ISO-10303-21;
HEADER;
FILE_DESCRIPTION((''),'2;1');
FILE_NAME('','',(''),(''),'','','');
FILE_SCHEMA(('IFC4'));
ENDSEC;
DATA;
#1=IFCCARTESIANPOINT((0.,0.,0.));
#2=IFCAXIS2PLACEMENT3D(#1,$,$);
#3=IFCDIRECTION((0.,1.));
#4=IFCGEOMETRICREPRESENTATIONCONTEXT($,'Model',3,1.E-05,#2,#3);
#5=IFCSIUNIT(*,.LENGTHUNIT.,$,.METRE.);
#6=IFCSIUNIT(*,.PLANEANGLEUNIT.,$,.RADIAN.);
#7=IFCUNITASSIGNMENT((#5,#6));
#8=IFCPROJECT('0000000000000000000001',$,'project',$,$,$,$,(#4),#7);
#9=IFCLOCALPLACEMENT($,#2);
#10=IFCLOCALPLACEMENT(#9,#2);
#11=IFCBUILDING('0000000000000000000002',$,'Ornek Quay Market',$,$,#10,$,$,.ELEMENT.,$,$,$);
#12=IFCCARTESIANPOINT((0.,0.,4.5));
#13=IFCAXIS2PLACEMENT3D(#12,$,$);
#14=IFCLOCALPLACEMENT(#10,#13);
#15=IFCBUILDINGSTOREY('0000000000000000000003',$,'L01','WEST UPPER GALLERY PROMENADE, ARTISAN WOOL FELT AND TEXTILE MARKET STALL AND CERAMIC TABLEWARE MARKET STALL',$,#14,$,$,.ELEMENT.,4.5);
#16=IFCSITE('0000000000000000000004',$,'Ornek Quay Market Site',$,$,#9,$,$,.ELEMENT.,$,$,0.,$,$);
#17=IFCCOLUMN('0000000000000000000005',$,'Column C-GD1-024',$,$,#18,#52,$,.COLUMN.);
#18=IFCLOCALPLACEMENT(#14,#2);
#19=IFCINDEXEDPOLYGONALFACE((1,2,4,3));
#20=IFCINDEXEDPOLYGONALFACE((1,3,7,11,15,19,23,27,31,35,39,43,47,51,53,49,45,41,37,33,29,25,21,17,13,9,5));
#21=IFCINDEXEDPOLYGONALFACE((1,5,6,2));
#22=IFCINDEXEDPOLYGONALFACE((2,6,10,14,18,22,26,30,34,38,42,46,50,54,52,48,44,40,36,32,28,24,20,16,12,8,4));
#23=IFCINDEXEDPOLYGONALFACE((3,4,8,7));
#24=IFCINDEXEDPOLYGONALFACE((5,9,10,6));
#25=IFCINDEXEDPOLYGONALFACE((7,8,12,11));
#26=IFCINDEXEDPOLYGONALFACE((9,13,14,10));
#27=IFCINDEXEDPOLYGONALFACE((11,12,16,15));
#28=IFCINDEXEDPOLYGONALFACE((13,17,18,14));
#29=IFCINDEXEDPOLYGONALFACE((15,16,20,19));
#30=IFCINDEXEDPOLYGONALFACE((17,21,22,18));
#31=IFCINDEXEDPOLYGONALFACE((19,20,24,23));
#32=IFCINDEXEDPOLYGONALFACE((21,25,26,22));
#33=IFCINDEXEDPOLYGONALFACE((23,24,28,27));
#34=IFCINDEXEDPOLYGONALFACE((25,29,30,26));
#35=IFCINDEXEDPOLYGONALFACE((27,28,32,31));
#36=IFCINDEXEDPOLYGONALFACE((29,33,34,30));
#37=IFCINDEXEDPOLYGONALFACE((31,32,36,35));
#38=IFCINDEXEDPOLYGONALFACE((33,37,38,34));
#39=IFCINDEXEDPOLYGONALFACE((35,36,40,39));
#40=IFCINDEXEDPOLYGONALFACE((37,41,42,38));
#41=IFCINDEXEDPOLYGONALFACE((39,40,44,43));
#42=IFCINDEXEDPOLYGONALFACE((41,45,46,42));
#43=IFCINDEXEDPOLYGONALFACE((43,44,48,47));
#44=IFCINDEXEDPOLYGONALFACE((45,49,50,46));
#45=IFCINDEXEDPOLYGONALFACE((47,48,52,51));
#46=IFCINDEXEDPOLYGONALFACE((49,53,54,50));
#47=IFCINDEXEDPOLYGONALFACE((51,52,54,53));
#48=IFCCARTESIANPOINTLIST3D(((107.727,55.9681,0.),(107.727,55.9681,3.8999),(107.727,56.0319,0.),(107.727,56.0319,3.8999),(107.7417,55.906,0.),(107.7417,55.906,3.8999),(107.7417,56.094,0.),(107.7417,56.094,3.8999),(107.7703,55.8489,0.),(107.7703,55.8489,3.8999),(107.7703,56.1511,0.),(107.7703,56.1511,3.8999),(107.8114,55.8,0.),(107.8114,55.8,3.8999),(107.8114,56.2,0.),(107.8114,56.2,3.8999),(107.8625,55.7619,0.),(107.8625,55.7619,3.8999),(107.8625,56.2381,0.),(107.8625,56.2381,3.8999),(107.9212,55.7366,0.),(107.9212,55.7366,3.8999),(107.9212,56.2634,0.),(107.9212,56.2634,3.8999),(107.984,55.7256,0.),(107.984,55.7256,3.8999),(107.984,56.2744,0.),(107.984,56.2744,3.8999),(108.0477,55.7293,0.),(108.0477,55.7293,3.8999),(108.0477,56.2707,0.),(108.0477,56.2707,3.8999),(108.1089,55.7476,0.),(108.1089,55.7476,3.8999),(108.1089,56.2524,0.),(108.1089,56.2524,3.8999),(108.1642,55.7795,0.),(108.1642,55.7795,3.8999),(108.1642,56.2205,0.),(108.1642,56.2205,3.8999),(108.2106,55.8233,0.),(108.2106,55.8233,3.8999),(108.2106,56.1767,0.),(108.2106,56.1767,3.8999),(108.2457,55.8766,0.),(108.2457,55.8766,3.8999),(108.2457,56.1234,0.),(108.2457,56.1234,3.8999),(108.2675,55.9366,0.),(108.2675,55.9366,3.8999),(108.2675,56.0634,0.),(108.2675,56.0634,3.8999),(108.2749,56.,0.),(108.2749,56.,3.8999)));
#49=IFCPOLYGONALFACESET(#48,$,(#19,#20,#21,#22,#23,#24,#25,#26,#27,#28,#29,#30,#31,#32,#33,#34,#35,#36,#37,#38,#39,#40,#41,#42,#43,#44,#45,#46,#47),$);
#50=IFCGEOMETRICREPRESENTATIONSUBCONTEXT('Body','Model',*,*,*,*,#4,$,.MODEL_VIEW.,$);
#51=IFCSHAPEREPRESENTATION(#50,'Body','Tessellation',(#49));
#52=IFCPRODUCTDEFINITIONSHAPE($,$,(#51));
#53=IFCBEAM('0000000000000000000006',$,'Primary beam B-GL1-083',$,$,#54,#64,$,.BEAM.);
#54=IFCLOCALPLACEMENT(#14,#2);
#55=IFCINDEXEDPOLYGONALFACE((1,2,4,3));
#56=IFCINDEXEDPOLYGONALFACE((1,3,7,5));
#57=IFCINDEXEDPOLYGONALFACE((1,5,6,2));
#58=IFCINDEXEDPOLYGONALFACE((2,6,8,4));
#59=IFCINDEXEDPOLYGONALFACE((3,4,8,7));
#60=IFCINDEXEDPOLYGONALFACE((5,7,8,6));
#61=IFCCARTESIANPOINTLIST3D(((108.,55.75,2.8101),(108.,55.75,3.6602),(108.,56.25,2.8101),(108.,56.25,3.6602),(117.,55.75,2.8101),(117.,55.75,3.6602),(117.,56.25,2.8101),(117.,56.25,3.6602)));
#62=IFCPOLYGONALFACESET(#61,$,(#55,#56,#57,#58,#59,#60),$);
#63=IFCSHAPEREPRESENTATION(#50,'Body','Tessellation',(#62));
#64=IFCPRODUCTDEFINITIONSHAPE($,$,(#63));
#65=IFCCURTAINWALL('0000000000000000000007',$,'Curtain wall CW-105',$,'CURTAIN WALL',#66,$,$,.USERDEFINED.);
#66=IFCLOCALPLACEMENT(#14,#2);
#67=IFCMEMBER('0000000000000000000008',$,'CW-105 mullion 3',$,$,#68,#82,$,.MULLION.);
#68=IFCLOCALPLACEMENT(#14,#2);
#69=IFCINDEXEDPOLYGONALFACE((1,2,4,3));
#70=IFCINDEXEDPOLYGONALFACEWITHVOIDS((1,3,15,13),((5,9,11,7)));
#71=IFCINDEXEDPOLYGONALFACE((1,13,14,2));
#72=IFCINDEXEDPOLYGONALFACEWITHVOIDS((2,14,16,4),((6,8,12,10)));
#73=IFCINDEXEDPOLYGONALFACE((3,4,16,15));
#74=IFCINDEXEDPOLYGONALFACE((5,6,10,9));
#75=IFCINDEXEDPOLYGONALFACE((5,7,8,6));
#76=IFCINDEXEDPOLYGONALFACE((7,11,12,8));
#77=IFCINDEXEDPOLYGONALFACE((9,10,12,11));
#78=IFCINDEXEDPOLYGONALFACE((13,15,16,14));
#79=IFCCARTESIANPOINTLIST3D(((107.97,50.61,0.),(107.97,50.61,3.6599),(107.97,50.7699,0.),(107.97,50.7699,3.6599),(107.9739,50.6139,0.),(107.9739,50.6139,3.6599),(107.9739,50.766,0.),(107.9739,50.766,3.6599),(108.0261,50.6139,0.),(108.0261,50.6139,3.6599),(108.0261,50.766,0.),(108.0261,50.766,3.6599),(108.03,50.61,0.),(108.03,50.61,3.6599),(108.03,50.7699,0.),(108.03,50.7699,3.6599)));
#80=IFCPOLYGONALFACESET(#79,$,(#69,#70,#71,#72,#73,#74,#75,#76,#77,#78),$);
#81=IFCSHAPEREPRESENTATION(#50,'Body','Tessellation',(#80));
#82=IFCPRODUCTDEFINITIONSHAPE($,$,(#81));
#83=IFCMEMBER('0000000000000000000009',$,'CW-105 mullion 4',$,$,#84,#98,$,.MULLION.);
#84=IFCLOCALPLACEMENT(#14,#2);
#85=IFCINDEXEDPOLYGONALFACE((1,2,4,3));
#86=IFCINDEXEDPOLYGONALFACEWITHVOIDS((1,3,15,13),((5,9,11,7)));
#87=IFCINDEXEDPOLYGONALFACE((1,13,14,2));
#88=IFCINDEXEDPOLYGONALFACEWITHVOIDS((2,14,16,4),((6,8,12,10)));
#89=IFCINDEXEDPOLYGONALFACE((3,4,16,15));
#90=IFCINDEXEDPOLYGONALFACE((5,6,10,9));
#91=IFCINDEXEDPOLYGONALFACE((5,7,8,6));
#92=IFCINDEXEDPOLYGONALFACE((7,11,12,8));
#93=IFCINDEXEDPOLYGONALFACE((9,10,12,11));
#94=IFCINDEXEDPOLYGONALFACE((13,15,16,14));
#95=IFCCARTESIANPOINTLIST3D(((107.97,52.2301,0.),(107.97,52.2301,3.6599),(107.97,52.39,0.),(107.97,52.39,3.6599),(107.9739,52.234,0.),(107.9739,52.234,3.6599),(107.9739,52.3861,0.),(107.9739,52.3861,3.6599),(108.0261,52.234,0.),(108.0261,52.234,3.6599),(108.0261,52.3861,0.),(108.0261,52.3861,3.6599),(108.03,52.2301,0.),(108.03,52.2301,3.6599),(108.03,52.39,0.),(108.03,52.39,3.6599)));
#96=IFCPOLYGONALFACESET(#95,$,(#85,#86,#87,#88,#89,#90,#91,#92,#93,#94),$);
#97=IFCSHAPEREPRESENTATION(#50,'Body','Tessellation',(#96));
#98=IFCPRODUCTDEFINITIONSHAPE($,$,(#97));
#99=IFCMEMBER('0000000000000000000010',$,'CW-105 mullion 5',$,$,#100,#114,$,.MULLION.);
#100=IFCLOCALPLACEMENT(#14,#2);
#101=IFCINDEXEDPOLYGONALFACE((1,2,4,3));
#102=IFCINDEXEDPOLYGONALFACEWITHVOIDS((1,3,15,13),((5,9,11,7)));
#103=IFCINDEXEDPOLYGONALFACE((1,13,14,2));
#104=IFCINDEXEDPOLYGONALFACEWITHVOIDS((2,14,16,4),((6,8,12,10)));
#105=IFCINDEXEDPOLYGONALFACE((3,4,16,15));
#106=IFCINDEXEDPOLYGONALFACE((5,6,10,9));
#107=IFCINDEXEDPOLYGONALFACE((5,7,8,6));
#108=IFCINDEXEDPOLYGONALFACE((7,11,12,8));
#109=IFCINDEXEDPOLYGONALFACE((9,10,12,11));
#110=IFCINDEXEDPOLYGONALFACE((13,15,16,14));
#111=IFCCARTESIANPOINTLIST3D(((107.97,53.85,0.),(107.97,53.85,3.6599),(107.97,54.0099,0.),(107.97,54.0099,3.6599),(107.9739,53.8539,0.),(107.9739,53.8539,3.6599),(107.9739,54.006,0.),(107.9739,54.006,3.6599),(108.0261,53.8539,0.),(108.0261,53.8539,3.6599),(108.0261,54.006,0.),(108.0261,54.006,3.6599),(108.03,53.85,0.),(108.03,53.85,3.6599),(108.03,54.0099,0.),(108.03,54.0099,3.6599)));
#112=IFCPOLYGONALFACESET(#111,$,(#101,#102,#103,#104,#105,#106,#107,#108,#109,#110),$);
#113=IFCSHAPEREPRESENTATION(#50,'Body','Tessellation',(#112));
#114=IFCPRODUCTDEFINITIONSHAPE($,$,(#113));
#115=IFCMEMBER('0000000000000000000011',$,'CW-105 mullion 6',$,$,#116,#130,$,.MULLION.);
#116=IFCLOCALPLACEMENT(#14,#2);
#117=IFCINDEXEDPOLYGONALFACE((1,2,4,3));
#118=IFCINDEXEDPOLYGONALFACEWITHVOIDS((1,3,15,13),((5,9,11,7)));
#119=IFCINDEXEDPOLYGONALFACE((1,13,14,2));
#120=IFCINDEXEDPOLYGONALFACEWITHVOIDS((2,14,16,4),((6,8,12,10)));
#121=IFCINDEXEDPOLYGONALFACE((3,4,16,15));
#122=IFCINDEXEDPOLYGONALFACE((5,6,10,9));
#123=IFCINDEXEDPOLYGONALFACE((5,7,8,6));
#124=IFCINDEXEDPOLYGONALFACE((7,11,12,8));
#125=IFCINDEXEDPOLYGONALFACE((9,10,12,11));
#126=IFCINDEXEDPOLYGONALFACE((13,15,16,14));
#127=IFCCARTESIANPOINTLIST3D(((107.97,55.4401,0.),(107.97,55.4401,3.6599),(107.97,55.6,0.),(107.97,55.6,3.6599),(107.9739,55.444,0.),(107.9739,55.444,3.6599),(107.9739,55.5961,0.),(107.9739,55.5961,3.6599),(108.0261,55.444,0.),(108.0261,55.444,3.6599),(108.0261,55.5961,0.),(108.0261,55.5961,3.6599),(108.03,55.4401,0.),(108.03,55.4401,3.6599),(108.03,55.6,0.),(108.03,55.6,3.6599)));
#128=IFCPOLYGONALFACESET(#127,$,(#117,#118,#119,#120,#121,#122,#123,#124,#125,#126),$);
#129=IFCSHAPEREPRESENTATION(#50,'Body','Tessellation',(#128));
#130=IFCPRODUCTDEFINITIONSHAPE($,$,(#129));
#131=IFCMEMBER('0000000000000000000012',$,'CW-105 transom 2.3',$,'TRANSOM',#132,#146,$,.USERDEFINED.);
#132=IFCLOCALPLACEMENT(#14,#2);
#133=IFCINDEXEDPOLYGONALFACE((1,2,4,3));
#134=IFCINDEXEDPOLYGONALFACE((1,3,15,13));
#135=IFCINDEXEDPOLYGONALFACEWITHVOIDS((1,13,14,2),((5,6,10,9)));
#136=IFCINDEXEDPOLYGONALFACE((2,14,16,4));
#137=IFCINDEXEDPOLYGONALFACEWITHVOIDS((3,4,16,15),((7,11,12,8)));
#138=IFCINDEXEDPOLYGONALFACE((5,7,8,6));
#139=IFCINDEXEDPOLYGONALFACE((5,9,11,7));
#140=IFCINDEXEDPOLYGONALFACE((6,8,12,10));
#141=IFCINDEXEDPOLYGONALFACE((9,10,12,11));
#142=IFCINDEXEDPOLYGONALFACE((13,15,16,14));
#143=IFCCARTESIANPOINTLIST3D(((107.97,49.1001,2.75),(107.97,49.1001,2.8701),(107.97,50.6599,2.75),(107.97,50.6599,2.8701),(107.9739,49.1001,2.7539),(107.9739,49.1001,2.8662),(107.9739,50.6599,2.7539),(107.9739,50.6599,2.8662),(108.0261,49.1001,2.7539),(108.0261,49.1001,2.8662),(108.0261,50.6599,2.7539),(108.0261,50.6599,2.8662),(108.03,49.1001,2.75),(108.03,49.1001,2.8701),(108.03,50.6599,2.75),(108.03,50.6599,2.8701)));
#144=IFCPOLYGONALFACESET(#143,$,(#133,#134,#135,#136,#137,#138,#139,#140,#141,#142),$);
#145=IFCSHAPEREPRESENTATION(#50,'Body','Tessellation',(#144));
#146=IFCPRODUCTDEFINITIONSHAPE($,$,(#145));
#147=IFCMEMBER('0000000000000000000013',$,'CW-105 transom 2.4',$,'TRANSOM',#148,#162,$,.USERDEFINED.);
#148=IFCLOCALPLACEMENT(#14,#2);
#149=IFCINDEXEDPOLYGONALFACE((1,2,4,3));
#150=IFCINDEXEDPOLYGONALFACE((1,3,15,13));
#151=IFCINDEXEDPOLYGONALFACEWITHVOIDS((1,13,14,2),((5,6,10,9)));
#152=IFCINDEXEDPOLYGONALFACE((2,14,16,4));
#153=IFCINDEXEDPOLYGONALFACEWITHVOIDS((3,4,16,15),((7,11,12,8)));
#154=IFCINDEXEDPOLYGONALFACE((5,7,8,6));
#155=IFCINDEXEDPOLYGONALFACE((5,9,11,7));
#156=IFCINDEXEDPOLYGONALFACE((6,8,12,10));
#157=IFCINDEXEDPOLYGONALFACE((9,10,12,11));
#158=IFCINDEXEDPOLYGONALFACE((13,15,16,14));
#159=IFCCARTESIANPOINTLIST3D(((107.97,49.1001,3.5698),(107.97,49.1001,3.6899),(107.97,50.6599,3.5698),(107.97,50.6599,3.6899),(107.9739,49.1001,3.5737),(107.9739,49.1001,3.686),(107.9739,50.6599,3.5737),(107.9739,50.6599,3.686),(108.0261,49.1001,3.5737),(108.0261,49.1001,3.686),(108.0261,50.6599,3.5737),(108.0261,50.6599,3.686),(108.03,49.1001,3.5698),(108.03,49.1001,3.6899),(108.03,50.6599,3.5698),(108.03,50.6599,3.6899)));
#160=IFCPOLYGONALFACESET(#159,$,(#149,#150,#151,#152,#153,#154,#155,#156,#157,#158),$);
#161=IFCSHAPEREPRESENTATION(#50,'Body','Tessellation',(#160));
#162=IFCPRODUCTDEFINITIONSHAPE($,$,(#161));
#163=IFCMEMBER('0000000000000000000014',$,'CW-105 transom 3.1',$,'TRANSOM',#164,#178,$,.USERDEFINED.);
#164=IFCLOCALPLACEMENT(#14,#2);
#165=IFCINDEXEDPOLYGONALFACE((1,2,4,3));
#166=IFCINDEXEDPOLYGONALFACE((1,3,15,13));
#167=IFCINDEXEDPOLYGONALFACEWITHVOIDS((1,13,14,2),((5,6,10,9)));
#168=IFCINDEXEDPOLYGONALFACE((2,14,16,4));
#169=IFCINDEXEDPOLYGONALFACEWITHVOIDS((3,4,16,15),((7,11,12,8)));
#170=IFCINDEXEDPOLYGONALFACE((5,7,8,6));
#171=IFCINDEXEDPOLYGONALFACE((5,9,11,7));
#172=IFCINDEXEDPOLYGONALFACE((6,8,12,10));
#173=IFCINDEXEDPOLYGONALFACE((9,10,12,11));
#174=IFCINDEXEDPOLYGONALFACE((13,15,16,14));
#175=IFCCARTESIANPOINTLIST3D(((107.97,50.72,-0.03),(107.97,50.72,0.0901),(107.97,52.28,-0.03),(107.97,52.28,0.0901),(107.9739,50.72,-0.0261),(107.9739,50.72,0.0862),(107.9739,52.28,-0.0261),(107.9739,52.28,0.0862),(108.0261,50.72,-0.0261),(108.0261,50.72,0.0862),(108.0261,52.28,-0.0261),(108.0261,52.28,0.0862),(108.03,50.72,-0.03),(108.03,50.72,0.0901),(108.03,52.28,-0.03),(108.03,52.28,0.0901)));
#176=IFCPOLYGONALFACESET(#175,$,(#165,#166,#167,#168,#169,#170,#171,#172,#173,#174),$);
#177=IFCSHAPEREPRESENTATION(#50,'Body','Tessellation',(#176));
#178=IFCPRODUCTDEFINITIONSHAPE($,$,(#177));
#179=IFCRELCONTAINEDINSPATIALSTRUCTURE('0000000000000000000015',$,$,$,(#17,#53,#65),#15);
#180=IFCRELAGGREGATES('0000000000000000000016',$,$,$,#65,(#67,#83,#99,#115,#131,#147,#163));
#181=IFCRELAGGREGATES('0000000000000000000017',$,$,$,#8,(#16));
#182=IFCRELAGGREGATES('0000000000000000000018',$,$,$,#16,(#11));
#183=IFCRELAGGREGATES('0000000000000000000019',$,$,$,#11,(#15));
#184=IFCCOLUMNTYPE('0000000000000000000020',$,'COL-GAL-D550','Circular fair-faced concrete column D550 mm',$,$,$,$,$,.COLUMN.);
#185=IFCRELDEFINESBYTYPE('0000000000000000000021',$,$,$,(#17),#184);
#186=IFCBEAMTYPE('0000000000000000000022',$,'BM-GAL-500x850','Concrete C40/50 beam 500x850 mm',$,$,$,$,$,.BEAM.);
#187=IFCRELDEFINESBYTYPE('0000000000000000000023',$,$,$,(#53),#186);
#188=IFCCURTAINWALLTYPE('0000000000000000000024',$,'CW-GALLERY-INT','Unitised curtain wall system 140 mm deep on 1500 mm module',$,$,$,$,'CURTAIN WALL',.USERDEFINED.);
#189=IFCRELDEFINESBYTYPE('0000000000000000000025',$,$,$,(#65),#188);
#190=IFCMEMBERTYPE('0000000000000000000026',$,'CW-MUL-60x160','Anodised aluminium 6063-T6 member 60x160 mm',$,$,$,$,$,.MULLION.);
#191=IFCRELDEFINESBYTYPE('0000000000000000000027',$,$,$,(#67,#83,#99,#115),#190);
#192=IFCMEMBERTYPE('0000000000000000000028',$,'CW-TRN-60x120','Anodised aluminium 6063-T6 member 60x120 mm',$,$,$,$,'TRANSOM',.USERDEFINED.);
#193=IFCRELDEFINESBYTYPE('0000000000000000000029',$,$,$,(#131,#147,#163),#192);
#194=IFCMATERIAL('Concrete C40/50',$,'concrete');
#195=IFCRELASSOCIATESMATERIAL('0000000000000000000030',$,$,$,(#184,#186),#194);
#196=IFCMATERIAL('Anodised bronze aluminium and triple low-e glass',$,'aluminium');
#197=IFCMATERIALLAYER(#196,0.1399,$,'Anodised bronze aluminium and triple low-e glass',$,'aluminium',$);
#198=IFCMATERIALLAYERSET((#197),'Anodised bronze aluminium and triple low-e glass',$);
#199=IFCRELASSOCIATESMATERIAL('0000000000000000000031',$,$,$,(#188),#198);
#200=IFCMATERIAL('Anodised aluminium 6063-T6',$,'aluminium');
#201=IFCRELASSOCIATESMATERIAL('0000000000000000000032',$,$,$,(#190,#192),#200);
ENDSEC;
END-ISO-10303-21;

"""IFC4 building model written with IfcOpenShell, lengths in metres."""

from ifc_helpers import new_model, si_unit, direction, frame, origin, origin_2d, place, context, subcontext, project, spatial, rectangle, hollow_rectangle, circle, extrude, material, layer, layer_set, material_profile, profile_set, type_object, element, aggregate, save


model = new_model("IFC4")

# Units and contexts
model_context = context("Model", 3, precision=1e-05, world=origin(), true_north=direction((0.0, 1.0)))
body_context = subcontext(model_context, "Body", "Model", "MODEL_VIEW")
ifc_project = project(units=[si_unit("LENGTHUNIT", "METRE"), si_unit("PLANEANGLEUNIT", "RADIAN")], contexts=[model_context])

# Site, building, storey
site_placement = place(None, origin())
site = spatial("IfcSite", under=ifc_project, at=site_placement, Name="Ornek Quay Market Site", CompositionType="ELEMENT", RefElevation=0.0)
building_placement = place(site_placement, origin())
building = spatial("IfcBuilding", under=site, at=building_placement, Name="Ornek Quay Market", CompositionType="ELEMENT")
storey_placement = place(building_placement, frame((0.0, 0.0, 4.5)))
storey = spatial("IfcBuildingStorey", under=building, at=storey_placement, Name="L01", Description="WEST UPPER GALLERY PROMENADE, ARTISAN WOOL FELT AND TEXTILE MARKET STALL AND CERAMIC TABLEWARE MARKET STALL", CompositionType="ELEMENT", Elevation=4.5)

# Column
ifc_material_1 = material(Name="Concrete C40/50", Category="concrete")
ifc_material_profile_1 = material_profile(ifc_material_1, circle(Radius=0.2749, at=origin_2d()), Name="RC D550", Category="concrete")
ifc_profile_set_1 = profile_set([ifc_material_profile_1], Name="Concrete C40/50")
column_type = type_object("IfcColumnType", Name="COL-GAL-D550", Description="Circular fair-faced concrete column D550 mm", PredefinedType="COLUMN", material=ifc_profile_set_1)
column_placement = place(storey_placement, frame((108.0, 56.0, 0.0), z_axis=(0.0, 0.0, 1.0), x_axis=(1.0, 0.0, 0.0)))
element("IfcColumn", 1, at=column_placement, inside=storey, type_object=column_type, Name="Column C-GD1-024", PredefinedType="COLUMN", context=body_context, shape_type="SweptSolid", body=[
    extrude(circle(Radius=0.2749, at=origin_2d()), origin(), (0.0, 0.0, 1.0), 3.8999),
])

# Beam
ifc_material_profile_2 = material_profile(ifc_material_1, rectangle(XDim=0.5, YDim=0.8501, at=origin_2d()), Name="RC 500x850", Category="concrete")
ifc_profile_set_2 = profile_set([ifc_material_profile_2], Name="Concrete C40/50")
beam_type = type_object("IfcBeamType", Name="BM-GAL-500x850", Description="Concrete C40/50 beam 500x850 mm", PredefinedType="BEAM", material=ifc_profile_set_2)
beam_placement = place(storey_placement, frame((108.0, 56.0, 3.2351), z_axis=(1.0, 0.0, 0.0), x_axis=(0.0, 1.0, 0.0)))
element("IfcBeam", 2, at=beam_placement, inside=storey, type_object=beam_type, Name="Primary beam B-GL1-083", PredefinedType="BEAM", context=body_context, shape_type="SweptSolid", body=[
    extrude(rectangle(XDim=0.5, YDim=0.8501, at=origin_2d()), origin(), (0.0, 0.0, 1.0), 9.0),
])

# Curtain wall, members
ifc_material_2 = material(Name="Anodised bronze aluminium and triple low-e glass", Category="aluminium")
ifc_layer_1 = layer(ifc_material_2, 0.1399, Name="Anodised bronze aluminium and triple low-e glass", Category="aluminium")
ifc_layer_set_1 = layer_set([ifc_layer_1], Name="Anodised bronze aluminium and triple low-e glass")
curtain_wall_type = type_object("IfcCurtainWallType", Name="CW-GALLERY-INT", Description="Unitised curtain wall system 140 mm deep on 1500 mm module", ElementType="CURTAIN WALL", PredefinedType="USERDEFINED", material=ifc_layer_set_1)
curtain_wall_placement = place(storey_placement, origin())
curtain_wall = element("IfcCurtainWall", 3, at=curtain_wall_placement, inside=storey, type_object=curtain_wall_type, Name="Curtain wall CW-105", ObjectType="CURTAIN WALL", PredefinedType="USERDEFINED")
ifc_material_3 = material(Name="Anodised aluminium 6063-T6", Category="aluminium")
ifc_material_profile_3 = material_profile(ifc_material_3, hollow_rectangle(XDim=0.0601, YDim=0.1599, WallThickness=0.0039, at=origin_2d()), Name="CW-MUL-60x160", Category="aluminium")
ifc_profile_set_3 = profile_set([ifc_material_profile_3], Name="Anodised aluminium 6063-T6")
member_type_1 = type_object("IfcMemberType", Name="CW-MUL-60x160", Description="Anodised aluminium 6063-T6 member 60x160 mm", PredefinedType="MULLION", material=ifc_profile_set_3)
member_1_placement = place(storey_placement, frame((108.0, 50.6899, 0.0), z_axis=(0.0, 0.0, 1.0), x_axis=(-1.0, 0.0, 0.0)))
member_1 = element("IfcMember", 4, at=member_1_placement, type_object=member_type_1, Name="CW-105 mullion 3", PredefinedType="MULLION", context=body_context, shape_type="SweptSolid", body=[
    extrude(hollow_rectangle(XDim=0.0601, YDim=0.1599, WallThickness=0.0039, at=origin_2d()), origin(), (0.0, 0.0, 1.0), 3.6599),
])
member_2_placement = place(storey_placement, frame((108.0, 52.3101, 0.0), z_axis=(0.0, 0.0, 1.0), x_axis=(-1.0, 0.0, 0.0)))
member_2 = element("IfcMember", 5, at=member_2_placement, type_object=member_type_1, Name="CW-105 mullion 4", PredefinedType="MULLION", context=body_context, shape_type="SweptSolid", body=[
    extrude(hollow_rectangle(XDim=0.0601, YDim=0.1599, WallThickness=0.0039, at=origin_2d()), origin(), (0.0, 0.0, 1.0), 3.6599),
])
member_3_placement = place(storey_placement, frame((108.0, 53.9299, 0.0), z_axis=(0.0, 0.0, 1.0), x_axis=(-1.0, 0.0, 0.0)))
member_3 = element("IfcMember", 6, at=member_3_placement, type_object=member_type_1, Name="CW-105 mullion 5", PredefinedType="MULLION", context=body_context, shape_type="SweptSolid", body=[
    extrude(hollow_rectangle(XDim=0.0601, YDim=0.1599, WallThickness=0.0039, at=origin_2d()), origin(), (0.0, 0.0, 1.0), 3.6599),
])
member_4_placement = place(storey_placement, frame((108.0, 55.52, 0.0), z_axis=(0.0, 0.0, 1.0), x_axis=(-1.0, 0.0, 0.0)))
member_4 = element("IfcMember", 7, at=member_4_placement, type_object=member_type_1, Name="CW-105 mullion 6", PredefinedType="MULLION", context=body_context, shape_type="SweptSolid", body=[
    extrude(hollow_rectangle(XDim=0.0601, YDim=0.1599, WallThickness=0.0039, at=origin_2d()), origin(), (0.0, 0.0, 1.0), 3.6599),
])
ifc_material_profile_4 = material_profile(ifc_material_3, hollow_rectangle(XDim=0.0601, YDim=0.1201, WallThickness=0.0039, at=origin_2d()), Name="CW-TRN-60x120", Category="aluminium")
ifc_profile_set_4 = profile_set([ifc_material_profile_4], Name="Anodised aluminium 6063-T6")
member_type_2 = type_object("IfcMemberType", Name="CW-TRN-60x120", Description="Anodised aluminium 6063-T6 member 60x120 mm", ElementType="TRANSOM", PredefinedType="USERDEFINED", material=ifc_profile_set_4)
member_5_placement = place(storey_placement, frame((108.0, 49.1001, 2.8101), z_axis=(0.0, 1.0, 0.0), x_axis=(-1.0, 0.0, 0.0)))
member_5 = element("IfcMember", 8, at=member_5_placement, type_object=member_type_2, Name="CW-105 transom 2.3", ObjectType="TRANSOM", PredefinedType="USERDEFINED", context=body_context, shape_type="SweptSolid", body=[
    extrude(hollow_rectangle(XDim=0.0601, YDim=0.1201, WallThickness=0.0039, at=origin_2d()), origin(), (0.0, 0.0, 1.0), 1.5598),
])
member_6_placement = place(storey_placement, frame((108.0, 49.1001, 3.6299), z_axis=(0.0, 1.0, 0.0), x_axis=(-1.0, 0.0, 0.0)))
member_6 = element("IfcMember", 9, at=member_6_placement, type_object=member_type_2, Name="CW-105 transom 2.4", ObjectType="TRANSOM", PredefinedType="USERDEFINED", context=body_context, shape_type="SweptSolid", body=[
    extrude(hollow_rectangle(XDim=0.0601, YDim=0.1201, WallThickness=0.0039, at=origin_2d()), origin(), (0.0, 0.0, 1.0), 1.5598),
])
member_7_placement = place(storey_placement, frame((108.0, 50.72, 0.03), z_axis=(0.0, 1.0, 0.0), x_axis=(-1.0, 0.0, 0.0)))
member_7 = element("IfcMember", 10, at=member_7_placement, type_object=member_type_2, Name="CW-105 transom 3.1", ObjectType="TRANSOM", PredefinedType="USERDEFINED", context=body_context, shape_type="SweptSolid", body=[
    extrude(hollow_rectangle(XDim=0.0601, YDim=0.1201, WallThickness=0.0039, at=origin_2d()), origin(), (0.0, 0.0, 1.0), 1.5601),
])
aggregate(curtain_wall, [member_1, member_2, member_3, member_4, member_5, member_6, member_7])

save(model, "model.ifc")
